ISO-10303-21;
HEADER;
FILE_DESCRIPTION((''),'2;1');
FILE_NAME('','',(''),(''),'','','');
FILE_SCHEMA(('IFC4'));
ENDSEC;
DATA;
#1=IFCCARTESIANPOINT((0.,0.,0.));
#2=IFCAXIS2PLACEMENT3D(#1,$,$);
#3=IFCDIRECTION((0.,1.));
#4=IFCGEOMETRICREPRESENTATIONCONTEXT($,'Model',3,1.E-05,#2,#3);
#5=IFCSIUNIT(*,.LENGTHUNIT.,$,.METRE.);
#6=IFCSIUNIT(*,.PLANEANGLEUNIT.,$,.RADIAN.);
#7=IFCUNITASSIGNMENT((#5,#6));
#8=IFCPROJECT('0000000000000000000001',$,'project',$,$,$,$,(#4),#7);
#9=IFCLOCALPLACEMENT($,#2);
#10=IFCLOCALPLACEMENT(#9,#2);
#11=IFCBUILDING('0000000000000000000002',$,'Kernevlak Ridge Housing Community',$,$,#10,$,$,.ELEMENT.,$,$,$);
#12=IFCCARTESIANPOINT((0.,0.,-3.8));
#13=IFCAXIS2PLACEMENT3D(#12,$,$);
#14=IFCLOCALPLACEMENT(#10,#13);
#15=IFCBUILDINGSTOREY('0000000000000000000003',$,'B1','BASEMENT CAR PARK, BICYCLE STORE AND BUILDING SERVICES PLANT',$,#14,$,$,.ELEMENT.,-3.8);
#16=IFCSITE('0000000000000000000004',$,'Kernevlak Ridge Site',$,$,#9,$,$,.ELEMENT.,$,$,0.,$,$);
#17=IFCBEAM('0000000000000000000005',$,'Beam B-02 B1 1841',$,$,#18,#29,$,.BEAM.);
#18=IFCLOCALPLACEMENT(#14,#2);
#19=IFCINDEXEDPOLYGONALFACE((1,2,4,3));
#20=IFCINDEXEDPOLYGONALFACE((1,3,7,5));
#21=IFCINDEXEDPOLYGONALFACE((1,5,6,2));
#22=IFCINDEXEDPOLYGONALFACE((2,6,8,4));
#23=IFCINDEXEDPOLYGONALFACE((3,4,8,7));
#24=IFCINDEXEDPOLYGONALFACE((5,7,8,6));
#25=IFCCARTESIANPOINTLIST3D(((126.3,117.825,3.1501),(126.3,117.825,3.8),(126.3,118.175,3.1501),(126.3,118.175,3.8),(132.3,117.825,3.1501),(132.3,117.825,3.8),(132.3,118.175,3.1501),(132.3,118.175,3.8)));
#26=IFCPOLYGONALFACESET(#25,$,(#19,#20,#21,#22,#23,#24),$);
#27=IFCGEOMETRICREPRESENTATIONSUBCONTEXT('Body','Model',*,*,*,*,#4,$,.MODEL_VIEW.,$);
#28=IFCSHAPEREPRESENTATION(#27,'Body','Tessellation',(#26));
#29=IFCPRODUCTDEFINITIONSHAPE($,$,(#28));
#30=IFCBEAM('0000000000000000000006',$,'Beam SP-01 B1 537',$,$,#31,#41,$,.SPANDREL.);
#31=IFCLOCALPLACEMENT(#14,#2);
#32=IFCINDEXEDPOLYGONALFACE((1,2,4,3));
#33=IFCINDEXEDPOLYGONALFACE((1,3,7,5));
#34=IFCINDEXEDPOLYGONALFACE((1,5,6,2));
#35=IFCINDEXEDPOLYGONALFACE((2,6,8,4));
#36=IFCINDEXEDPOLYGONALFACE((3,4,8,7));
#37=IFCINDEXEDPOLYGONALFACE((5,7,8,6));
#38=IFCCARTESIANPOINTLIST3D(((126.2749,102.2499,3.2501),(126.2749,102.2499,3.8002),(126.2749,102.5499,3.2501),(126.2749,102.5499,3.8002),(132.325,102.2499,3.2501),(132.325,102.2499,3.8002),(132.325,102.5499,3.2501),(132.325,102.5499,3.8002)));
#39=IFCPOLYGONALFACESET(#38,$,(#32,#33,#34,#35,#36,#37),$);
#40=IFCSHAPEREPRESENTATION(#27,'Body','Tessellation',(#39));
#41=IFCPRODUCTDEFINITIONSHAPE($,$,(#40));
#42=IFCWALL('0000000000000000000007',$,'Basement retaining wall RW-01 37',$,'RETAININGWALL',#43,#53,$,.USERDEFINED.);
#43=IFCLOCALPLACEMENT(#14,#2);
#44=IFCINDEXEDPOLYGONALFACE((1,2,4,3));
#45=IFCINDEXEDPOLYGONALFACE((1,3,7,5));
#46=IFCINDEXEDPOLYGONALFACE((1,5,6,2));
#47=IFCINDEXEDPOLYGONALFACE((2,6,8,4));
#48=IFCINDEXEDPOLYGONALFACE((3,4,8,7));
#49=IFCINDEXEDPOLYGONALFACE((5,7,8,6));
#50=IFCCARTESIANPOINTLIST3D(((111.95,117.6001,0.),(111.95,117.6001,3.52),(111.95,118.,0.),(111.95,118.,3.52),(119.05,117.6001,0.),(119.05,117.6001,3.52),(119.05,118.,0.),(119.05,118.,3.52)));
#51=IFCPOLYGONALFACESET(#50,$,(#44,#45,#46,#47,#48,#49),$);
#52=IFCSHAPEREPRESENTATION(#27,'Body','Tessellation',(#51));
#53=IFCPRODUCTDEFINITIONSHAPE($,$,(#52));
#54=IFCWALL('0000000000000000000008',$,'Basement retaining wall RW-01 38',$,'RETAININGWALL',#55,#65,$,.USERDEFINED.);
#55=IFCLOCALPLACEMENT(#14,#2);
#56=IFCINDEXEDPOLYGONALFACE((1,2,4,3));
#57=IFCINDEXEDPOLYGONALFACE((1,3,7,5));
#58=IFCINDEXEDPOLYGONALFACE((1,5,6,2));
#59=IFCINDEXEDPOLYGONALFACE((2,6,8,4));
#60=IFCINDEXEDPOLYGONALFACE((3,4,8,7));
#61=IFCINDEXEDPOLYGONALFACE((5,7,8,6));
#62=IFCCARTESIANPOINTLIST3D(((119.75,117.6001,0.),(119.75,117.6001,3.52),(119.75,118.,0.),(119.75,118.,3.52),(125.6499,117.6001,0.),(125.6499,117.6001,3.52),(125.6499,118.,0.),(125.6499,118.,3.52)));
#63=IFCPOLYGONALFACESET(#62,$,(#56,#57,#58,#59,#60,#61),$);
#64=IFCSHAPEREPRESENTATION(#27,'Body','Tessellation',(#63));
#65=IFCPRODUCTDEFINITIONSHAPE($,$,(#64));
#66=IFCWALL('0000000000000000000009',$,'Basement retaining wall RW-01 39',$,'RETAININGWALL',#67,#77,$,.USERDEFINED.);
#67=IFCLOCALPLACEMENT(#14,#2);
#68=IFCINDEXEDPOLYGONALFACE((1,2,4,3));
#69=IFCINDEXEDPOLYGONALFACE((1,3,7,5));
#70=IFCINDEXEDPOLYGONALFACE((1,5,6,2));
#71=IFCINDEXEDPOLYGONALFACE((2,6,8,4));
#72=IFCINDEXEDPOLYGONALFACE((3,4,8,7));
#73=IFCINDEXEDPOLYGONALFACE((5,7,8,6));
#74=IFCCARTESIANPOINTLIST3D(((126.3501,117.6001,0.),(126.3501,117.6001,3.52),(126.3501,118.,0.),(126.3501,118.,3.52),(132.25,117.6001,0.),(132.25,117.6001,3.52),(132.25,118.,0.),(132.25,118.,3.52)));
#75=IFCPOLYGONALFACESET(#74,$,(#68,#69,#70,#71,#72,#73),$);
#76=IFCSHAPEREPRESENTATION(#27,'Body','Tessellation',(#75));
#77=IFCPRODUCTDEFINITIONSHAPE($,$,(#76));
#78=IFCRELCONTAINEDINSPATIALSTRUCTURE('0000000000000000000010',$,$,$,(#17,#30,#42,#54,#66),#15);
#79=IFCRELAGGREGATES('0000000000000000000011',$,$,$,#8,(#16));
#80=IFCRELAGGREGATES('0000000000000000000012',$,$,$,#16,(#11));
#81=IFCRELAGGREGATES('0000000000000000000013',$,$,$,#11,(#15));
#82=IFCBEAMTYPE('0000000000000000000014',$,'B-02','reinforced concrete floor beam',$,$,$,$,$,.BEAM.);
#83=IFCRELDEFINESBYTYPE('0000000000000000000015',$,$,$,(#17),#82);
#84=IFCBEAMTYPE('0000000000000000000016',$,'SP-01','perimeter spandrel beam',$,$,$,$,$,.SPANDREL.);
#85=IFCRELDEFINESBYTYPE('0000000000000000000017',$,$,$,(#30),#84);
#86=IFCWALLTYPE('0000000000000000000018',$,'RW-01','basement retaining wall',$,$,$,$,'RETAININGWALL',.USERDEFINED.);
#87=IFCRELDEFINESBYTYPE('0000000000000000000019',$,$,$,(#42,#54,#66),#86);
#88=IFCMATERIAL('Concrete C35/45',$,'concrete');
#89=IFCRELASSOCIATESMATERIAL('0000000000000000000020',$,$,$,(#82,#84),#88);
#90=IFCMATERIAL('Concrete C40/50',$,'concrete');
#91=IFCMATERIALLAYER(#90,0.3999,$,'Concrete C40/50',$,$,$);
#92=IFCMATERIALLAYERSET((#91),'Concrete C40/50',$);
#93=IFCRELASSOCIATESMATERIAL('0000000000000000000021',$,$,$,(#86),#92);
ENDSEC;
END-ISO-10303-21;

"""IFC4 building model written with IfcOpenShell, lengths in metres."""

from ifc_helpers import new_model, si_unit, direction, frame, frame_2d, origin, origin_2d, place, context, subcontext, project, spatial, rectangle, extrude, material, layer, layer_set, material_profile, profile_set, type_object, element, save


model = new_model("IFC4")

# Units and contexts
model_context = context("Model", 3, precision=1e-05, world=origin(), true_north=direction((0.0, 1.0)))
body_context = subcontext(model_context, "Body", "Model", "MODEL_VIEW")
ifc_project = project(units=[si_unit("LENGTHUNIT", "METRE"), si_unit("PLANEANGLEUNIT", "RADIAN")], contexts=[model_context])

# Site, building, storey
site_placement = place(None, origin())
site = spatial("IfcSite", under=ifc_project, at=site_placement, Name="Kernevlak Ridge Site", CompositionType="ELEMENT", RefElevation=0.0)
building_placement = place(site_placement, origin())
building = spatial("IfcBuilding", under=site, at=building_placement, Name="Kernevlak Ridge Housing Community", CompositionType="ELEMENT")
storey_placement = place(building_placement, frame((0.0, 0.0, -3.8)))
storey = spatial("IfcBuildingStorey", under=building, at=storey_placement, Name="B1", Description="BASEMENT CAR PARK, BICYCLE STORE AND BUILDING SERVICES PLANT", CompositionType="ELEMENT", Elevation=-3.8)

# Shared definitions
ifc_material_1 = material(Name="Concrete C35/45", Category="concrete")

# Shared definitions
ifc_material_2 = material(Name="Concrete C40/50", Category="concrete")

# Beams
ifc_material_profile_1 = material_profile(ifc_material_1, rectangle(XDim=0.3501, YDim=0.6499, at=origin_2d()), Name="RC 350x650")
ifc_profile_set_1 = profile_set([ifc_material_profile_1], Name="Concrete C35/45")
beam_type_1 = type_object("IfcBeamType", Name="B-02", Description="reinforced concrete floor beam", PredefinedType="BEAM", material=ifc_profile_set_1)
for number, where, z_axis, x_axis, name in (
    (1, (126.3, 118.0, 3.4751), (1.0, 0.0, 0.0), (0.0, 1.0, 0.0), "Beam B-02 B1 1841"),
):
    element("IfcBeam", number, at=place(storey_placement, frame(where, z_axis=z_axis, x_axis=x_axis)), inside=storey, type_object=beam_type_1, Name=name, PredefinedType="BEAM", context=body_context, shape_type="SweptSolid", body=[
        extrude(rectangle(XDim=0.3501, YDim=0.6499, at=origin_2d()), origin(), (0.0, 0.0, 1.0), 6.0),
    ])
ifc_material_profile_2 = material_profile(ifc_material_1, rectangle(XDim=0.3, YDim=0.55, at=origin_2d()), Name="RC 300x550")
ifc_profile_set_2 = profile_set([ifc_material_profile_2], Name="Concrete C35/45")
beam_type_2 = type_object("IfcBeamType", Name="SP-01", Description="perimeter spandrel beam", PredefinedType="SPANDREL", material=ifc_profile_set_2)
beam_1_placement = place(storey_placement, frame((126.2749, 102.3999, 3.5251), z_axis=(1.0, 0.0, 0.0), x_axis=(0.0, 1.0, 0.0)))
element("IfcBeam", 2, at=beam_1_placement, inside=storey, type_object=beam_type_2, Name="Beam SP-01 B1 537", PredefinedType="SPANDREL", context=body_context, shape_type="SweptSolid", body=[
    extrude(rectangle(XDim=0.3, YDim=0.55, at=origin_2d()), origin(), (0.0, 0.0, 1.0), 6.05),
])

# Walls
ifc_layer = layer(ifc_material_2, 0.3999, Name="Concrete C40/50")
ifc_layer_set = layer_set([ifc_layer], Name="Concrete C40/50")
wall_type = type_object("IfcWallType", Name="RW-01", Description="basement retaining wall", ElementType="RETAININGWALL", PredefinedType="USERDEFINED", material=ifc_layer_set)
wall_placement = place(storey_placement, frame((111.95, 117.8, 0.0), z_axis=(0.0, 0.0, 1.0), x_axis=(1.0, 0.0, 0.0)))
element("IfcWall", 3, at=wall_placement, inside=storey, type_object=wall_type, Name="Basement retaining wall RW-01 37", ObjectType="RETAININGWALL", PredefinedType="USERDEFINED", context=body_context, shape_type="SweptSolid", body=[
    extrude(rectangle(XDim=7.1001, YDim=0.3999, at=frame_2d((3.55, 0.0))), origin(), (0.0, 0.0, 1.0), 3.52),
])
for number, where, z_axis, x_axis, name in (
    (4, (119.75, 117.8, 0.0), (0.0, 0.0, 1.0), (1.0, 0.0, 0.0), "Basement retaining wall RW-01 38"),
    (5, (126.3501, 117.8, 0.0), (0.0, 0.0, 1.0), (1.0, 0.0, 0.0), "Basement retaining wall RW-01 39"),
):
    element("IfcWall", number, at=place(storey_placement, frame(where, z_axis=z_axis, x_axis=x_axis)), inside=storey, type_object=wall_type, Name=name, ObjectType="RETAININGWALL", PredefinedType="USERDEFINED", context=body_context, shape_type="SweptSolid", body=[
        extrude(rectangle(XDim=5.8999, YDim=0.3999, at=frame_2d((2.95, 0.0))), origin(), (0.0, 0.0, 1.0), 3.52),
    ])

save(model, "model.ifc")
